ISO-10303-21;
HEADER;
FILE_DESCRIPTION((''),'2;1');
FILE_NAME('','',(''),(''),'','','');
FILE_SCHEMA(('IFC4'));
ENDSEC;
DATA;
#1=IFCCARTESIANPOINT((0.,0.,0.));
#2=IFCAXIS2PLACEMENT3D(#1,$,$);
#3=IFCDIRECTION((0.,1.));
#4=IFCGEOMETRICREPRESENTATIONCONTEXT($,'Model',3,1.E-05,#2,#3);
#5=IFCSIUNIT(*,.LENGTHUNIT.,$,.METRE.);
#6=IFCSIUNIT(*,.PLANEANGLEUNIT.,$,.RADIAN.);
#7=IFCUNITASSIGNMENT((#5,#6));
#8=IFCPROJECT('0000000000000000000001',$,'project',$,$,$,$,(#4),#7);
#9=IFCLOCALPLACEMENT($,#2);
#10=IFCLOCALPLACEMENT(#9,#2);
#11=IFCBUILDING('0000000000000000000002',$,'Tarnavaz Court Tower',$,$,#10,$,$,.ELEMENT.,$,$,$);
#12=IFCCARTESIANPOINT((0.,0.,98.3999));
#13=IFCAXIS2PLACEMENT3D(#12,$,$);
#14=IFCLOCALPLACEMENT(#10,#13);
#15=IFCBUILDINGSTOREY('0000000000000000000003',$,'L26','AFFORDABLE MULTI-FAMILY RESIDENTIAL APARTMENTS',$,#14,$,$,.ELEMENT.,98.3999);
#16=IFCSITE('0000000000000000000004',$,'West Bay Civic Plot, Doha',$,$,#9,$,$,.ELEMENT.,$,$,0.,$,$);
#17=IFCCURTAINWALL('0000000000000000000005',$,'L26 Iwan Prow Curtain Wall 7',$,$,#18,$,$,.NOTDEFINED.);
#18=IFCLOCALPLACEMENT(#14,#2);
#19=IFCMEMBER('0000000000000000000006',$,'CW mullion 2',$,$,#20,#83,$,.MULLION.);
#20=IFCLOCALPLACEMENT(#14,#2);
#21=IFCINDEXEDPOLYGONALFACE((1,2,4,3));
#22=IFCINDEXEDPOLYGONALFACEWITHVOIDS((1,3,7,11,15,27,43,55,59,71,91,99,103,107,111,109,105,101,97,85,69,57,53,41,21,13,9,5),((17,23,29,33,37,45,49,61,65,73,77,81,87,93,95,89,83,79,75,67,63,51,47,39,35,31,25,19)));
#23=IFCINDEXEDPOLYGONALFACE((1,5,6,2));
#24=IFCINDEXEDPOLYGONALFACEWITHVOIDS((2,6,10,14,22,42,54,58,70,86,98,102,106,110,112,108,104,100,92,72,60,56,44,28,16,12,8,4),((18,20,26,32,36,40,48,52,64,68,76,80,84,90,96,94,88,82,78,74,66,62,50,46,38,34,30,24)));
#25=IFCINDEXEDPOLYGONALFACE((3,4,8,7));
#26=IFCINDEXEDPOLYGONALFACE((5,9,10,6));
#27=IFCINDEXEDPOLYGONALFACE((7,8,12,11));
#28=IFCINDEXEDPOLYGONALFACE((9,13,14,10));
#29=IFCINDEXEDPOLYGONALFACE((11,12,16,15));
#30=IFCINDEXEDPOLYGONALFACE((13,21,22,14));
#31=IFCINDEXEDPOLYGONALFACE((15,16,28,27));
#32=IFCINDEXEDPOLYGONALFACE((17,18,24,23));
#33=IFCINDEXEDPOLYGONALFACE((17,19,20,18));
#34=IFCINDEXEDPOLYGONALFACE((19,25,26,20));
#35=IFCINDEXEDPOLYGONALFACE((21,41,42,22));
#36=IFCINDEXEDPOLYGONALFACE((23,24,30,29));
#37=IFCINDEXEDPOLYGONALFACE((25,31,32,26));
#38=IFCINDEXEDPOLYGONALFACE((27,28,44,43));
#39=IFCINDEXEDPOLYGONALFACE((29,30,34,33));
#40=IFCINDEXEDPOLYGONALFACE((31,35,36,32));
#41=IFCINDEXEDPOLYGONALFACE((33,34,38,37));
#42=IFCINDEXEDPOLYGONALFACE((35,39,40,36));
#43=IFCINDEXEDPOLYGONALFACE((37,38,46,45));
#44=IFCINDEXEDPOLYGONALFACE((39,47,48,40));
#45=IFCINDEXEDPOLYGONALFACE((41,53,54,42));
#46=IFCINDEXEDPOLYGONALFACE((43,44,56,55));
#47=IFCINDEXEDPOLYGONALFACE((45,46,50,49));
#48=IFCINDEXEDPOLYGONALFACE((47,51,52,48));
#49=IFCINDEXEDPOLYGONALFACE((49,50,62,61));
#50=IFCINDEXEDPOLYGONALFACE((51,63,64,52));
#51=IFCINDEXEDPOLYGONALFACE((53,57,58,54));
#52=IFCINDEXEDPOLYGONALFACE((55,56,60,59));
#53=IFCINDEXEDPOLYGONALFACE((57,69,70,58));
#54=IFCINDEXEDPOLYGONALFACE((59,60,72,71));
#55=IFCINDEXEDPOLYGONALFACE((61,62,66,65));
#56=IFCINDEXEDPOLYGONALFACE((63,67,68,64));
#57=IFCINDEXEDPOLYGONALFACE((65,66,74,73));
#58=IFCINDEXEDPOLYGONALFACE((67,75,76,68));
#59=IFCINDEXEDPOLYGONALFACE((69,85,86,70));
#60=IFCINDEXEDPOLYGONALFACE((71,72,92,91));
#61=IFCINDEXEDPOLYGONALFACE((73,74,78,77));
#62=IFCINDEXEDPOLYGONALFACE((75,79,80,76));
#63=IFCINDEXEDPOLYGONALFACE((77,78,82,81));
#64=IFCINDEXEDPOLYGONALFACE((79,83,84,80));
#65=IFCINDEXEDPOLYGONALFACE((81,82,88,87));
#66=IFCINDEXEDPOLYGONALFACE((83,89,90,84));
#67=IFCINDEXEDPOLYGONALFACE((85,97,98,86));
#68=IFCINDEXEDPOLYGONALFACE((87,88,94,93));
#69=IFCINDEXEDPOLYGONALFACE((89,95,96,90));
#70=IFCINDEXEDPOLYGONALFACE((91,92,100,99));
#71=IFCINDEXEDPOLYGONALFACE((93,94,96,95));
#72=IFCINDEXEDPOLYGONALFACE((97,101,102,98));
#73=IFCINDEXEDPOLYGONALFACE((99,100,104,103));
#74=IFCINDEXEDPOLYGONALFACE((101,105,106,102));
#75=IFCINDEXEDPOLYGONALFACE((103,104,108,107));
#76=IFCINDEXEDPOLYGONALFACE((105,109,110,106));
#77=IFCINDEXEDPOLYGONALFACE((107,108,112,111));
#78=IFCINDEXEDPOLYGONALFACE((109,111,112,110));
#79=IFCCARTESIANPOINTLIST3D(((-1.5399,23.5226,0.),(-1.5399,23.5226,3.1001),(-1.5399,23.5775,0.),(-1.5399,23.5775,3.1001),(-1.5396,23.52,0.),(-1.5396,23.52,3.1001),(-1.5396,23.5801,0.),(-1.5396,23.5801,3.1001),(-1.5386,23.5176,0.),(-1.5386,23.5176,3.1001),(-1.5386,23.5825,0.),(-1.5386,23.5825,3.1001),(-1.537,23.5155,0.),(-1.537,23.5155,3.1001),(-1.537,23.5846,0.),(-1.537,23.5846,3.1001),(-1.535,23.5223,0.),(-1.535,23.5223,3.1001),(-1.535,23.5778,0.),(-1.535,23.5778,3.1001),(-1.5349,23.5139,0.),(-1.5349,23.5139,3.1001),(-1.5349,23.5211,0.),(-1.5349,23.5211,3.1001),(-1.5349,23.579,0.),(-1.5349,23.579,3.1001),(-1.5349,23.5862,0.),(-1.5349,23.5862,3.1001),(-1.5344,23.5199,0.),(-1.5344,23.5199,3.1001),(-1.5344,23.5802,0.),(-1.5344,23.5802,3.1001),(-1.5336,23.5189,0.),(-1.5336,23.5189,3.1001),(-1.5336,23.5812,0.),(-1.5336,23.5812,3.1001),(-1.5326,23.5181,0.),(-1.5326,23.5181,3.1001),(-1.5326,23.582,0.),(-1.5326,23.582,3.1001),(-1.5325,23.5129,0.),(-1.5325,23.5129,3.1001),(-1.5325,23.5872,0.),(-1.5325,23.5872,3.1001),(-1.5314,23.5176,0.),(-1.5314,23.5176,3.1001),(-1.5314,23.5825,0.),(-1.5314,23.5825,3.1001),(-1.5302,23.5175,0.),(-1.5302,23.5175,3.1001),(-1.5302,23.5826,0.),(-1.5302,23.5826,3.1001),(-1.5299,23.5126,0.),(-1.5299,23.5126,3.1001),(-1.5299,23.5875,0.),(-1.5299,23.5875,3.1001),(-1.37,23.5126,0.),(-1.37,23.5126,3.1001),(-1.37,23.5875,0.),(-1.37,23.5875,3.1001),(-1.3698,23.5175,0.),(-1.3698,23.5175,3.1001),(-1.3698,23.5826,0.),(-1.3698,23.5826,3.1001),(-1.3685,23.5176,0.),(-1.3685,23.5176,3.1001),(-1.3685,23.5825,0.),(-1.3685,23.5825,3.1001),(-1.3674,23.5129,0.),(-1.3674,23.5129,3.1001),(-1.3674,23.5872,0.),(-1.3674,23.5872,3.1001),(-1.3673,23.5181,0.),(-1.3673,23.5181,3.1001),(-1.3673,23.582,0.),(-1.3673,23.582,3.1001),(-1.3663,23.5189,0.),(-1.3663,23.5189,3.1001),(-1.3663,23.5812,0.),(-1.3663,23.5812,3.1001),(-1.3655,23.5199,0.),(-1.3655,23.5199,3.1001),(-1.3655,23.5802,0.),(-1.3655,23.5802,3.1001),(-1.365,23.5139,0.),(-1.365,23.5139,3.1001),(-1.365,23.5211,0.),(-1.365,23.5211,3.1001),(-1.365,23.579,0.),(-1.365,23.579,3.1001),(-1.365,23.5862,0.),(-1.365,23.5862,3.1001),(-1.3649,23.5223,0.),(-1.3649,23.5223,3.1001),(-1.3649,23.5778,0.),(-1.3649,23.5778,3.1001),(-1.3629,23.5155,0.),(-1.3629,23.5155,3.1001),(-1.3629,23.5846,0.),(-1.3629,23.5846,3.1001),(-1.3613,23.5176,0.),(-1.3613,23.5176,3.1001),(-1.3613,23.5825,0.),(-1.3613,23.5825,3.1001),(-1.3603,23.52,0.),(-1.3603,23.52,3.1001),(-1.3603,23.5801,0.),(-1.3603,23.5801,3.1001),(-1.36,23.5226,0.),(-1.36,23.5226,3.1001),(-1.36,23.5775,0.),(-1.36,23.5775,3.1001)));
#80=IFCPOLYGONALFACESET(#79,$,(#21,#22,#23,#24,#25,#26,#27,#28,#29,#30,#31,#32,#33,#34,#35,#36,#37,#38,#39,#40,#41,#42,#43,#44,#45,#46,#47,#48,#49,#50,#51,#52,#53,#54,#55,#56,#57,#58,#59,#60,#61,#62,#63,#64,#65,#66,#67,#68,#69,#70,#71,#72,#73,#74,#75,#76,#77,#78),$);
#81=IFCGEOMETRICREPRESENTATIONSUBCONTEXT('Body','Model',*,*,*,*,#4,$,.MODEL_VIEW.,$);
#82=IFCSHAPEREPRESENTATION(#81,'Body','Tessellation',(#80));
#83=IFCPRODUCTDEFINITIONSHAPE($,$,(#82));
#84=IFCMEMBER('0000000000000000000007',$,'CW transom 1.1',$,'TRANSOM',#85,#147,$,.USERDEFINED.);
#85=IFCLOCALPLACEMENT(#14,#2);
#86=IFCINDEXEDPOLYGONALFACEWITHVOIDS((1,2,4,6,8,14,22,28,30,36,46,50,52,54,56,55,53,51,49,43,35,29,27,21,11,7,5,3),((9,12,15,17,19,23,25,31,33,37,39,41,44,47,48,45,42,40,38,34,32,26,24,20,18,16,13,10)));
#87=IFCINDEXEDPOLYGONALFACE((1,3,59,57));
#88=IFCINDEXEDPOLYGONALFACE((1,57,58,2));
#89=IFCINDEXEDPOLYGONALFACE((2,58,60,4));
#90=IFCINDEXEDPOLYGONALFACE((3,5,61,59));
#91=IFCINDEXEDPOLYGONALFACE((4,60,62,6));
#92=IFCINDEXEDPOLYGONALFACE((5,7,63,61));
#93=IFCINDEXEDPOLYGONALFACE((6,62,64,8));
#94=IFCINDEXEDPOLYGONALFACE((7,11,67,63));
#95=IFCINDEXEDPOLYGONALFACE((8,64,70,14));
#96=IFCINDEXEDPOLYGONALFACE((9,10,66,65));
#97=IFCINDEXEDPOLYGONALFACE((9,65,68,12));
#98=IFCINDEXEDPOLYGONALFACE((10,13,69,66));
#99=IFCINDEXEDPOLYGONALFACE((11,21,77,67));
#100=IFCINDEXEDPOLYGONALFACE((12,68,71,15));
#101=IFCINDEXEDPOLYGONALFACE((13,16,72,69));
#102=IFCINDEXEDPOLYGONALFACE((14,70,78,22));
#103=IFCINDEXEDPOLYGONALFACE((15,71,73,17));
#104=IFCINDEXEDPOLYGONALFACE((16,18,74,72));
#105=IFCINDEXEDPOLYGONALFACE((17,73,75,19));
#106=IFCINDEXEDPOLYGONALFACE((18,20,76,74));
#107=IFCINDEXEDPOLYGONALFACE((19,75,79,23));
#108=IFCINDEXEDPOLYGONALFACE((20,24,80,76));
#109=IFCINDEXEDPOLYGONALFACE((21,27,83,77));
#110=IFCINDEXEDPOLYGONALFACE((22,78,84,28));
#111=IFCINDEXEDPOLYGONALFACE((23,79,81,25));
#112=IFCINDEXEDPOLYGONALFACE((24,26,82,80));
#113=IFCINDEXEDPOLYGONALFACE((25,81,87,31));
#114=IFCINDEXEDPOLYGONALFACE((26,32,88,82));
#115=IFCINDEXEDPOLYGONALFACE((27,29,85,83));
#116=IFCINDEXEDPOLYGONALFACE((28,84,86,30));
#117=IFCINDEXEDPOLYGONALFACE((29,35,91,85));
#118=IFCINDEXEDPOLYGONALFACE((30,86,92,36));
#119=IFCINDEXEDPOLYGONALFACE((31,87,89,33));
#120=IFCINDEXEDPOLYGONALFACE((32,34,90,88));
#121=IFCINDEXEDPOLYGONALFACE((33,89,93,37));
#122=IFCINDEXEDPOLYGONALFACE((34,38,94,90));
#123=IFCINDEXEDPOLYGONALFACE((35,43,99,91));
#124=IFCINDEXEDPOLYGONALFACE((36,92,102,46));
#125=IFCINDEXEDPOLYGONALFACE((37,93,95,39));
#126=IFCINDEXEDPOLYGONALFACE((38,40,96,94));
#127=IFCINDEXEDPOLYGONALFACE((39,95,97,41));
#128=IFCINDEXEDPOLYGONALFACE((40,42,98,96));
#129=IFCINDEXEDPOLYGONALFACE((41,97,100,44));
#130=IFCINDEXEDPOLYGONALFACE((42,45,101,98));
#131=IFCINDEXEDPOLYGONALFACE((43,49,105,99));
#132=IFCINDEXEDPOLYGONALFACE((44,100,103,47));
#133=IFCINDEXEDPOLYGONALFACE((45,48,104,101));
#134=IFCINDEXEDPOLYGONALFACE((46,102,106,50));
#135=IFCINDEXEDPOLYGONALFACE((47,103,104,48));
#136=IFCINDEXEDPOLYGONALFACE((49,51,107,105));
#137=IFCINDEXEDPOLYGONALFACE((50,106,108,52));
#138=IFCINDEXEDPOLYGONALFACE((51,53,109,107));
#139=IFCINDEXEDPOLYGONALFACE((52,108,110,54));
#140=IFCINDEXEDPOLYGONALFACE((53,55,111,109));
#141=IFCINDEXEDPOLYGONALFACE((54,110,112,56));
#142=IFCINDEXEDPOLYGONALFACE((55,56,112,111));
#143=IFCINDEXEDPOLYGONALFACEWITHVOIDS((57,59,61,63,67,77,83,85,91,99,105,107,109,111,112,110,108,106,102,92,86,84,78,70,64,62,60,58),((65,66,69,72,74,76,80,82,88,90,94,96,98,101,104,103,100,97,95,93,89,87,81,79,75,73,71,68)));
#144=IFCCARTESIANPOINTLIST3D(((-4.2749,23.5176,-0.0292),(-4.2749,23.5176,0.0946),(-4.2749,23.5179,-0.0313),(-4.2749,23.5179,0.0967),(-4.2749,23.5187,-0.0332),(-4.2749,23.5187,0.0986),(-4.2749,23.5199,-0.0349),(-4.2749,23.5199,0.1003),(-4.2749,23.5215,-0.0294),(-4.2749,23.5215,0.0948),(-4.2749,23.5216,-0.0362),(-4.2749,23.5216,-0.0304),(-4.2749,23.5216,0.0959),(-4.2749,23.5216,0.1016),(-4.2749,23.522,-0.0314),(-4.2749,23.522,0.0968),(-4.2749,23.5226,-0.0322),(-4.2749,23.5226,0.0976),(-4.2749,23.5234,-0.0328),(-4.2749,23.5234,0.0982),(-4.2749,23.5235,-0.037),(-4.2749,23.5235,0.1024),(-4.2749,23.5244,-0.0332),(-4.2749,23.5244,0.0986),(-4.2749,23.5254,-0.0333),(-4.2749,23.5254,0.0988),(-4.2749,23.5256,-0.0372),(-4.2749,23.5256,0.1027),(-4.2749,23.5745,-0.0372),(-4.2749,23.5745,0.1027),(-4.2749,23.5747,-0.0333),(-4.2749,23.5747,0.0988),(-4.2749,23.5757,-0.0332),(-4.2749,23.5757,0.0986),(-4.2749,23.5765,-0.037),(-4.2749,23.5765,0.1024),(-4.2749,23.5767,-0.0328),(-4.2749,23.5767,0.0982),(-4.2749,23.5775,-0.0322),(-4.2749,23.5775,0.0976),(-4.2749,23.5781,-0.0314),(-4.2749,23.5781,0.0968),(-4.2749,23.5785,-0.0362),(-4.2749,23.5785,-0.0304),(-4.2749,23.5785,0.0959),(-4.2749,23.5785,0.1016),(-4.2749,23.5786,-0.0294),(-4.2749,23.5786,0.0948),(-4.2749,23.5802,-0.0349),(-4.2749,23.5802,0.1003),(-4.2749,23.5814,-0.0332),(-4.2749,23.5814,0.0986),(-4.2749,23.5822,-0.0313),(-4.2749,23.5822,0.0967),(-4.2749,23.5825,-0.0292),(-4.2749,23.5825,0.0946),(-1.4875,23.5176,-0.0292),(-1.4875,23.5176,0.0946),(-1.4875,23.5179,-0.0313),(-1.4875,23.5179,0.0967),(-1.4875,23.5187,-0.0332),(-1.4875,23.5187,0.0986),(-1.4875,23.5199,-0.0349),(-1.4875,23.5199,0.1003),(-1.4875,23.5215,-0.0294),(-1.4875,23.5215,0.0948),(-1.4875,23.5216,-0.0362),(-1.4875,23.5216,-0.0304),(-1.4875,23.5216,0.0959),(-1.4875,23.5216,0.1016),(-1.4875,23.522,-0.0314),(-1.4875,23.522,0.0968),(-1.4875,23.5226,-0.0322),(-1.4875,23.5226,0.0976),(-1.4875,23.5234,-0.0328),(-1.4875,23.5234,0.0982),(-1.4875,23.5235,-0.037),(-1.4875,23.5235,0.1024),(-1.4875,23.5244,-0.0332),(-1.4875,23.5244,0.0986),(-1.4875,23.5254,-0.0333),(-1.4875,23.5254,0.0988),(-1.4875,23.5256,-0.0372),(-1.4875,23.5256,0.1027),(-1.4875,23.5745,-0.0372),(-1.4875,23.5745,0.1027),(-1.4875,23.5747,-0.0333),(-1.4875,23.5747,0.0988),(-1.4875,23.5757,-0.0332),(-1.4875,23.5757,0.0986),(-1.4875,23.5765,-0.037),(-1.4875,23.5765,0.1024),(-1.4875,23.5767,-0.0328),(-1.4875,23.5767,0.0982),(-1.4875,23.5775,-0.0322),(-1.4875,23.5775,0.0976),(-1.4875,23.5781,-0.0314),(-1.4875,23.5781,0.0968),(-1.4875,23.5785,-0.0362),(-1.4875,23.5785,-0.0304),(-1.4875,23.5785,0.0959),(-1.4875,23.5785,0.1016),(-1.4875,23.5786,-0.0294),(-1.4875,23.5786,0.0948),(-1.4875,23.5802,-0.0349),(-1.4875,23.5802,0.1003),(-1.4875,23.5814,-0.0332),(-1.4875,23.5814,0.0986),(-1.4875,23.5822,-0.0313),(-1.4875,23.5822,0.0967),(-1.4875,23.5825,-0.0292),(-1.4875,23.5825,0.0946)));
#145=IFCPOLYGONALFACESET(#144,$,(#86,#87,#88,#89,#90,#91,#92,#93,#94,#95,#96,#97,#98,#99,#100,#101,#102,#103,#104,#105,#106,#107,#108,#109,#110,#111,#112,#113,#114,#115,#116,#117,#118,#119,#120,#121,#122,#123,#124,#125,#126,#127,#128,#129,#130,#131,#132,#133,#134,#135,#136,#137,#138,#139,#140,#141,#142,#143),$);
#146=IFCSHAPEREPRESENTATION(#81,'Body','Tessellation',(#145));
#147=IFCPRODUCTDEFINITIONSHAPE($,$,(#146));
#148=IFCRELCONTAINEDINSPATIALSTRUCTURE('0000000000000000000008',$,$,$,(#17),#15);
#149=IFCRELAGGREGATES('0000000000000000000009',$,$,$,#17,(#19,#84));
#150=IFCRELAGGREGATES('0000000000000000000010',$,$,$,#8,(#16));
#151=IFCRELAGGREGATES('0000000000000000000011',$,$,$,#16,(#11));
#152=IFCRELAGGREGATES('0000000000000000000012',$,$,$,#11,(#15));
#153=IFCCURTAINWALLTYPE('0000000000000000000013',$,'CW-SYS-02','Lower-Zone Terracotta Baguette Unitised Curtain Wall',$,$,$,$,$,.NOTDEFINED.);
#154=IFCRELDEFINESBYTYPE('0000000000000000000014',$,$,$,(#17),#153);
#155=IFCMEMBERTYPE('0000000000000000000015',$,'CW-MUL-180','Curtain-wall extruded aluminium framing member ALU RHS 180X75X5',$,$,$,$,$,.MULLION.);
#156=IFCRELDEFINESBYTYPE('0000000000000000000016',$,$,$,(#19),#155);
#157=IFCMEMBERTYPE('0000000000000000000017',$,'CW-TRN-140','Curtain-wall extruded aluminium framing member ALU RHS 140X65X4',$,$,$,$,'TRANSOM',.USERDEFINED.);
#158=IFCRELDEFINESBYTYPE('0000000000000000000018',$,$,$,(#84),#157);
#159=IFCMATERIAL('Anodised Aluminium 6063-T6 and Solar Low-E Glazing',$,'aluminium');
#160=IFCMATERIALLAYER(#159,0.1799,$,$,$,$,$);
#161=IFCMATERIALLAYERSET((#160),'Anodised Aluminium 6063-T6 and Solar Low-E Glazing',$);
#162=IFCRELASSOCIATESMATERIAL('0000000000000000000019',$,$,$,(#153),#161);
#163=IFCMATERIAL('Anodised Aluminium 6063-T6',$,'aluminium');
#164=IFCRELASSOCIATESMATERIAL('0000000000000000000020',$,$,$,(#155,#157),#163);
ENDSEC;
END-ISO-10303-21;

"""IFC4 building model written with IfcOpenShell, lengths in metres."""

from ifc_helpers import new_model, si_unit, direction, frame, origin, origin_2d, place, context, subcontext, project, spatial, hollow_rectangle, extrude, material, layer, layer_set, material_profile, profile_set, type_object, element, aggregate, save


model = new_model("IFC4")

# Units and contexts
model_context = context("Model", 3, precision=1e-05, world=origin(), true_north=direction((0.0, 1.0)))
body_context = subcontext(model_context, "Body", "Model", "MODEL_VIEW")
ifc_project = project(units=[si_unit("LENGTHUNIT", "METRE"), si_unit("PLANEANGLEUNIT", "RADIAN")], contexts=[model_context])

# Site, building, storey
site_placement = place(None, origin())
site = spatial("IfcSite", under=ifc_project, at=site_placement, Name="West Bay Civic Plot, Doha", CompositionType="ELEMENT", RefElevation=0.0)
building_placement = place(site_placement, origin())
building = spatial("IfcBuilding", under=site, at=building_placement, Name="Tarnavaz Court Tower", CompositionType="ELEMENT")
storey_placement = place(building_placement, frame((0.0, 0.0, 98.3999)))
storey = spatial("IfcBuildingStorey", under=building, at=storey_placement, Name="L26", Description="AFFORDABLE MULTI-FAMILY RESIDENTIAL APARTMENTS", CompositionType="ELEMENT", Elevation=98.3999)

# Curtain wall, members
ifc_material_1 = material(Name="Anodised Aluminium 6063-T6 and Solar Low-E Glazing", Category="aluminium")
ifc_layer_1 = layer(ifc_material_1, 0.1799)
ifc_layer_set_1 = layer_set([ifc_layer_1], Name="Anodised Aluminium 6063-T6 and Solar Low-E Glazing")
curtain_wall_type = type_object("IfcCurtainWallType", Name="CW-SYS-02", Description="Lower-Zone Terracotta Baguette Unitised Curtain Wall", PredefinedType="NOTDEFINED", material=ifc_layer_set_1)
curtain_wall_placement = place(storey_placement, origin())
curtain_wall = element("IfcCurtainWall", 1, at=curtain_wall_placement, inside=storey, type_object=curtain_wall_type, Name="L26 Iwan Prow Curtain Wall 7", PredefinedType="NOTDEFINED")
ifc_material_2 = material(Name="Anodised Aluminium 6063-T6", Category="aluminium")
ifc_material_profile_1 = material_profile(ifc_material_2, hollow_rectangle(XDim=0.075, YDim=0.1799, WallThickness=0.0049, InnerFilletRadius=0.0049, OuterFilletRadius=0.01, at=origin_2d()), Name="ALU RHS 180X75X5")
ifc_profile_set_1 = profile_set([ifc_material_profile_1], Name="Anodised Aluminium 6063-T6")
member_type_1 = type_object("IfcMemberType", Name="CW-MUL-180", Description="Curtain-wall extruded aluminium framing member ALU RHS 180X75X5", PredefinedType="MULLION", material=ifc_profile_set_1)
member_1_placement = place(storey_placement, frame((-1.45, 23.55, 0.0), z_axis=(0.0, 0.0, 1.0), x_axis=(0.0, 1.0, 0.0)))
member_1 = element("IfcMember", 2, at=member_1_placement, type_object=member_type_1, Name="CW mullion 2", PredefinedType="MULLION", context=body_context, shape_type="SweptSolid", body=[
    extrude(hollow_rectangle(XDim=0.075, YDim=0.1799, WallThickness=0.0049, InnerFilletRadius=0.0049, OuterFilletRadius=0.01, at=origin_2d()), origin(), (0.0, 0.0, 1.0), 3.1001),
])
ifc_material_profile_2 = material_profile(ifc_material_2, hollow_rectangle(XDim=0.0649, YDim=0.1399, WallThickness=0.0039, InnerFilletRadius=0.0039, OuterFilletRadius=0.0081, at=origin_2d()), Name="ALU RHS 140X65X4")
ifc_profile_set_2 = profile_set([ifc_material_profile_2], Name="Anodised Aluminium 6063-T6")
member_type_2 = type_object("IfcMemberType", Name="CW-TRN-140", Description="Curtain-wall extruded aluminium framing member ALU RHS 140X65X4", ElementType="TRANSOM", PredefinedType="USERDEFINED", material=ifc_profile_set_2)
member_2_placement = place(storey_placement, frame((-4.2749, 23.55, 0.0327), z_axis=(1.0, 0.0, 0.0), x_axis=(0.0, 1.0, 0.0)))
member_2 = element("IfcMember", 3, at=member_2_placement, type_object=member_type_2, Name="CW transom 1.1", ObjectType="TRANSOM", PredefinedType="USERDEFINED", context=body_context, shape_type="SweptSolid", body=[
    extrude(hollow_rectangle(XDim=0.0649, YDim=0.1399, WallThickness=0.0039, InnerFilletRadius=0.0039, OuterFilletRadius=0.0081, at=origin_2d()), origin(), (0.0, 0.0, 1.0), 2.7874),
])
aggregate(curtain_wall, [member_1, member_2])

save(model, "model.ifc")
